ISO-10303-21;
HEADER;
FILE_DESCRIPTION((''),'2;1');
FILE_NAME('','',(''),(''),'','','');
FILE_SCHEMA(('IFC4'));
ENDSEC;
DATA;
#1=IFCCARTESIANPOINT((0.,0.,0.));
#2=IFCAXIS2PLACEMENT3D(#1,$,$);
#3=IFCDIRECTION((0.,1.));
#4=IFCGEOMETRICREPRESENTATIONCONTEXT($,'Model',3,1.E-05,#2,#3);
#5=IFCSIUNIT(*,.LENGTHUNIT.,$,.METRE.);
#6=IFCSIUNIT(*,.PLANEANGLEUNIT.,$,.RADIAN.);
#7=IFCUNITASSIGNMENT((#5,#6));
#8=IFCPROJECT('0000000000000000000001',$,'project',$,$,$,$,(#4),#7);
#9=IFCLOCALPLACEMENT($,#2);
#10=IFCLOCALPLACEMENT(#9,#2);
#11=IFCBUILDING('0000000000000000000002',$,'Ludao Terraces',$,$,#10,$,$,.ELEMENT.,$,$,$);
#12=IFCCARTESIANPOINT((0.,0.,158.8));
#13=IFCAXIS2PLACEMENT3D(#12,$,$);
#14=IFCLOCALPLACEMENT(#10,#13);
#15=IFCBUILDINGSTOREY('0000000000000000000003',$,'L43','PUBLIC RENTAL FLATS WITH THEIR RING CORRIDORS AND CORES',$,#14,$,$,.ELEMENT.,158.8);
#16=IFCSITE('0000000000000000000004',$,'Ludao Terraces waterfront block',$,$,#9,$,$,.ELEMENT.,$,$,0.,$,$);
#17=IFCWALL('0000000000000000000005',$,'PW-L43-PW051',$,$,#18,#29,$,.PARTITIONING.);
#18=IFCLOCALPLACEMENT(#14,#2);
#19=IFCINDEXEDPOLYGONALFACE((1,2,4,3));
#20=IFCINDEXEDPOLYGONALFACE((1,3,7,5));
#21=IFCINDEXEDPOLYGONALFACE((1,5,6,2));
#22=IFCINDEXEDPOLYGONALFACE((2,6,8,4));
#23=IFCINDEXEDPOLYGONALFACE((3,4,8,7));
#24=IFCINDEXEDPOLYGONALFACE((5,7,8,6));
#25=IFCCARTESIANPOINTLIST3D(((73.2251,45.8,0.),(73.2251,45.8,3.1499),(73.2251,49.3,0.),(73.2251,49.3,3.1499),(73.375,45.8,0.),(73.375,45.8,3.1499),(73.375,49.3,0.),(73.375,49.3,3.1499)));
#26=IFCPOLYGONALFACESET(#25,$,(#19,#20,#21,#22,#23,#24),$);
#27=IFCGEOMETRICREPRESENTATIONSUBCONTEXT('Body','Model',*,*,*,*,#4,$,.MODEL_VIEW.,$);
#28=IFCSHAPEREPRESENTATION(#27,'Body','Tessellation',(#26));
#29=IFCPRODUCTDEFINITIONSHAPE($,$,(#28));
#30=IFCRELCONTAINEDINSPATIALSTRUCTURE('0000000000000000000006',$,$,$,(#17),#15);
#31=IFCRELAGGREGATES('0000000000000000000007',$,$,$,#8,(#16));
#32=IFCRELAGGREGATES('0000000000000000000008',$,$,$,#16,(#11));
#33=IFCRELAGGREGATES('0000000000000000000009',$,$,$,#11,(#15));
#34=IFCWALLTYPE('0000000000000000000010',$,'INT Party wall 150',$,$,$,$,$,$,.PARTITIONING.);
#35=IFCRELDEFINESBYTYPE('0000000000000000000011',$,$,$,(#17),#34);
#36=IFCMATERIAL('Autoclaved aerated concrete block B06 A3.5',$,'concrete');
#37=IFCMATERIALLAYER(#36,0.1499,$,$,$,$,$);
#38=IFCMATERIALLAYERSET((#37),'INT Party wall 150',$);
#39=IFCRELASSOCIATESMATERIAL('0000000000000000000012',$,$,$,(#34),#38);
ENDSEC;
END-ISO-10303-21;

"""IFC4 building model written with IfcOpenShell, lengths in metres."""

from ifc_helpers import new_model, si_unit, direction, frame, frame_2d, origin, place, context, subcontext, project, spatial, rectangle, extrude, material, layer, layer_set, type_object, element, save


model = new_model("IFC4")

# Units and contexts
model_context = context("Model", 3, precision=1e-05, world=origin(), true_north=direction((0.0, 1.0)))
body_context = subcontext(model_context, "Body", "Model", "MODEL_VIEW")
ifc_project = project(units=[si_unit("LENGTHUNIT", "METRE"), si_unit("PLANEANGLEUNIT", "RADIAN")], contexts=[model_context])

# Site, building, storey
site_placement = place(None, origin())
site = spatial("IfcSite", under=ifc_project, at=site_placement, Name="Ludao Terraces waterfront block", CompositionType="ELEMENT", RefElevation=0.0)
building_placement = place(site_placement, origin())
building = spatial("IfcBuilding", under=site, at=building_placement, Name="Ludao Terraces", CompositionType="ELEMENT")
storey_placement = place(building_placement, frame((0.0, 0.0, 158.8)))
storey = spatial("IfcBuildingStorey", under=building, at=storey_placement, Name="L43", Description="PUBLIC RENTAL FLATS WITH THEIR RING CORRIDORS AND CORES", CompositionType="ELEMENT", Elevation=158.8)

# Wall
ifc_material_1 = material(Name="Autoclaved aerated concrete block B06 A3.5", Category="concrete")
ifc_layer_1 = layer(ifc_material_1, 0.1499)
ifc_layer_set_1 = layer_set([ifc_layer_1], Name="INT Party wall 150")
wall_type_1 = type_object("IfcWallType", Name="INT Party wall 150", PredefinedType="PARTITIONING", material=ifc_layer_set_1)
wall_1_placement = place(storey_placement, frame((73.3, 45.8, 0.0), z_axis=(0.0, 0.0, 1.0), x_axis=(0.0, 1.0, 0.0)))
element("IfcWall", 1, at=wall_1_placement, inside=storey, type_object=wall_type_1, Name="PW-L43-PW051", PredefinedType="PARTITIONING", context=body_context, shape_type="SweptSolid", body=[
    extrude(rectangle(XDim=3.5, YDim=0.1499, at=frame_2d((1.75, 0.0))), origin(), (0.0, 0.0, 1.0), 3.1499),
])

save(model, "model.ifc")
